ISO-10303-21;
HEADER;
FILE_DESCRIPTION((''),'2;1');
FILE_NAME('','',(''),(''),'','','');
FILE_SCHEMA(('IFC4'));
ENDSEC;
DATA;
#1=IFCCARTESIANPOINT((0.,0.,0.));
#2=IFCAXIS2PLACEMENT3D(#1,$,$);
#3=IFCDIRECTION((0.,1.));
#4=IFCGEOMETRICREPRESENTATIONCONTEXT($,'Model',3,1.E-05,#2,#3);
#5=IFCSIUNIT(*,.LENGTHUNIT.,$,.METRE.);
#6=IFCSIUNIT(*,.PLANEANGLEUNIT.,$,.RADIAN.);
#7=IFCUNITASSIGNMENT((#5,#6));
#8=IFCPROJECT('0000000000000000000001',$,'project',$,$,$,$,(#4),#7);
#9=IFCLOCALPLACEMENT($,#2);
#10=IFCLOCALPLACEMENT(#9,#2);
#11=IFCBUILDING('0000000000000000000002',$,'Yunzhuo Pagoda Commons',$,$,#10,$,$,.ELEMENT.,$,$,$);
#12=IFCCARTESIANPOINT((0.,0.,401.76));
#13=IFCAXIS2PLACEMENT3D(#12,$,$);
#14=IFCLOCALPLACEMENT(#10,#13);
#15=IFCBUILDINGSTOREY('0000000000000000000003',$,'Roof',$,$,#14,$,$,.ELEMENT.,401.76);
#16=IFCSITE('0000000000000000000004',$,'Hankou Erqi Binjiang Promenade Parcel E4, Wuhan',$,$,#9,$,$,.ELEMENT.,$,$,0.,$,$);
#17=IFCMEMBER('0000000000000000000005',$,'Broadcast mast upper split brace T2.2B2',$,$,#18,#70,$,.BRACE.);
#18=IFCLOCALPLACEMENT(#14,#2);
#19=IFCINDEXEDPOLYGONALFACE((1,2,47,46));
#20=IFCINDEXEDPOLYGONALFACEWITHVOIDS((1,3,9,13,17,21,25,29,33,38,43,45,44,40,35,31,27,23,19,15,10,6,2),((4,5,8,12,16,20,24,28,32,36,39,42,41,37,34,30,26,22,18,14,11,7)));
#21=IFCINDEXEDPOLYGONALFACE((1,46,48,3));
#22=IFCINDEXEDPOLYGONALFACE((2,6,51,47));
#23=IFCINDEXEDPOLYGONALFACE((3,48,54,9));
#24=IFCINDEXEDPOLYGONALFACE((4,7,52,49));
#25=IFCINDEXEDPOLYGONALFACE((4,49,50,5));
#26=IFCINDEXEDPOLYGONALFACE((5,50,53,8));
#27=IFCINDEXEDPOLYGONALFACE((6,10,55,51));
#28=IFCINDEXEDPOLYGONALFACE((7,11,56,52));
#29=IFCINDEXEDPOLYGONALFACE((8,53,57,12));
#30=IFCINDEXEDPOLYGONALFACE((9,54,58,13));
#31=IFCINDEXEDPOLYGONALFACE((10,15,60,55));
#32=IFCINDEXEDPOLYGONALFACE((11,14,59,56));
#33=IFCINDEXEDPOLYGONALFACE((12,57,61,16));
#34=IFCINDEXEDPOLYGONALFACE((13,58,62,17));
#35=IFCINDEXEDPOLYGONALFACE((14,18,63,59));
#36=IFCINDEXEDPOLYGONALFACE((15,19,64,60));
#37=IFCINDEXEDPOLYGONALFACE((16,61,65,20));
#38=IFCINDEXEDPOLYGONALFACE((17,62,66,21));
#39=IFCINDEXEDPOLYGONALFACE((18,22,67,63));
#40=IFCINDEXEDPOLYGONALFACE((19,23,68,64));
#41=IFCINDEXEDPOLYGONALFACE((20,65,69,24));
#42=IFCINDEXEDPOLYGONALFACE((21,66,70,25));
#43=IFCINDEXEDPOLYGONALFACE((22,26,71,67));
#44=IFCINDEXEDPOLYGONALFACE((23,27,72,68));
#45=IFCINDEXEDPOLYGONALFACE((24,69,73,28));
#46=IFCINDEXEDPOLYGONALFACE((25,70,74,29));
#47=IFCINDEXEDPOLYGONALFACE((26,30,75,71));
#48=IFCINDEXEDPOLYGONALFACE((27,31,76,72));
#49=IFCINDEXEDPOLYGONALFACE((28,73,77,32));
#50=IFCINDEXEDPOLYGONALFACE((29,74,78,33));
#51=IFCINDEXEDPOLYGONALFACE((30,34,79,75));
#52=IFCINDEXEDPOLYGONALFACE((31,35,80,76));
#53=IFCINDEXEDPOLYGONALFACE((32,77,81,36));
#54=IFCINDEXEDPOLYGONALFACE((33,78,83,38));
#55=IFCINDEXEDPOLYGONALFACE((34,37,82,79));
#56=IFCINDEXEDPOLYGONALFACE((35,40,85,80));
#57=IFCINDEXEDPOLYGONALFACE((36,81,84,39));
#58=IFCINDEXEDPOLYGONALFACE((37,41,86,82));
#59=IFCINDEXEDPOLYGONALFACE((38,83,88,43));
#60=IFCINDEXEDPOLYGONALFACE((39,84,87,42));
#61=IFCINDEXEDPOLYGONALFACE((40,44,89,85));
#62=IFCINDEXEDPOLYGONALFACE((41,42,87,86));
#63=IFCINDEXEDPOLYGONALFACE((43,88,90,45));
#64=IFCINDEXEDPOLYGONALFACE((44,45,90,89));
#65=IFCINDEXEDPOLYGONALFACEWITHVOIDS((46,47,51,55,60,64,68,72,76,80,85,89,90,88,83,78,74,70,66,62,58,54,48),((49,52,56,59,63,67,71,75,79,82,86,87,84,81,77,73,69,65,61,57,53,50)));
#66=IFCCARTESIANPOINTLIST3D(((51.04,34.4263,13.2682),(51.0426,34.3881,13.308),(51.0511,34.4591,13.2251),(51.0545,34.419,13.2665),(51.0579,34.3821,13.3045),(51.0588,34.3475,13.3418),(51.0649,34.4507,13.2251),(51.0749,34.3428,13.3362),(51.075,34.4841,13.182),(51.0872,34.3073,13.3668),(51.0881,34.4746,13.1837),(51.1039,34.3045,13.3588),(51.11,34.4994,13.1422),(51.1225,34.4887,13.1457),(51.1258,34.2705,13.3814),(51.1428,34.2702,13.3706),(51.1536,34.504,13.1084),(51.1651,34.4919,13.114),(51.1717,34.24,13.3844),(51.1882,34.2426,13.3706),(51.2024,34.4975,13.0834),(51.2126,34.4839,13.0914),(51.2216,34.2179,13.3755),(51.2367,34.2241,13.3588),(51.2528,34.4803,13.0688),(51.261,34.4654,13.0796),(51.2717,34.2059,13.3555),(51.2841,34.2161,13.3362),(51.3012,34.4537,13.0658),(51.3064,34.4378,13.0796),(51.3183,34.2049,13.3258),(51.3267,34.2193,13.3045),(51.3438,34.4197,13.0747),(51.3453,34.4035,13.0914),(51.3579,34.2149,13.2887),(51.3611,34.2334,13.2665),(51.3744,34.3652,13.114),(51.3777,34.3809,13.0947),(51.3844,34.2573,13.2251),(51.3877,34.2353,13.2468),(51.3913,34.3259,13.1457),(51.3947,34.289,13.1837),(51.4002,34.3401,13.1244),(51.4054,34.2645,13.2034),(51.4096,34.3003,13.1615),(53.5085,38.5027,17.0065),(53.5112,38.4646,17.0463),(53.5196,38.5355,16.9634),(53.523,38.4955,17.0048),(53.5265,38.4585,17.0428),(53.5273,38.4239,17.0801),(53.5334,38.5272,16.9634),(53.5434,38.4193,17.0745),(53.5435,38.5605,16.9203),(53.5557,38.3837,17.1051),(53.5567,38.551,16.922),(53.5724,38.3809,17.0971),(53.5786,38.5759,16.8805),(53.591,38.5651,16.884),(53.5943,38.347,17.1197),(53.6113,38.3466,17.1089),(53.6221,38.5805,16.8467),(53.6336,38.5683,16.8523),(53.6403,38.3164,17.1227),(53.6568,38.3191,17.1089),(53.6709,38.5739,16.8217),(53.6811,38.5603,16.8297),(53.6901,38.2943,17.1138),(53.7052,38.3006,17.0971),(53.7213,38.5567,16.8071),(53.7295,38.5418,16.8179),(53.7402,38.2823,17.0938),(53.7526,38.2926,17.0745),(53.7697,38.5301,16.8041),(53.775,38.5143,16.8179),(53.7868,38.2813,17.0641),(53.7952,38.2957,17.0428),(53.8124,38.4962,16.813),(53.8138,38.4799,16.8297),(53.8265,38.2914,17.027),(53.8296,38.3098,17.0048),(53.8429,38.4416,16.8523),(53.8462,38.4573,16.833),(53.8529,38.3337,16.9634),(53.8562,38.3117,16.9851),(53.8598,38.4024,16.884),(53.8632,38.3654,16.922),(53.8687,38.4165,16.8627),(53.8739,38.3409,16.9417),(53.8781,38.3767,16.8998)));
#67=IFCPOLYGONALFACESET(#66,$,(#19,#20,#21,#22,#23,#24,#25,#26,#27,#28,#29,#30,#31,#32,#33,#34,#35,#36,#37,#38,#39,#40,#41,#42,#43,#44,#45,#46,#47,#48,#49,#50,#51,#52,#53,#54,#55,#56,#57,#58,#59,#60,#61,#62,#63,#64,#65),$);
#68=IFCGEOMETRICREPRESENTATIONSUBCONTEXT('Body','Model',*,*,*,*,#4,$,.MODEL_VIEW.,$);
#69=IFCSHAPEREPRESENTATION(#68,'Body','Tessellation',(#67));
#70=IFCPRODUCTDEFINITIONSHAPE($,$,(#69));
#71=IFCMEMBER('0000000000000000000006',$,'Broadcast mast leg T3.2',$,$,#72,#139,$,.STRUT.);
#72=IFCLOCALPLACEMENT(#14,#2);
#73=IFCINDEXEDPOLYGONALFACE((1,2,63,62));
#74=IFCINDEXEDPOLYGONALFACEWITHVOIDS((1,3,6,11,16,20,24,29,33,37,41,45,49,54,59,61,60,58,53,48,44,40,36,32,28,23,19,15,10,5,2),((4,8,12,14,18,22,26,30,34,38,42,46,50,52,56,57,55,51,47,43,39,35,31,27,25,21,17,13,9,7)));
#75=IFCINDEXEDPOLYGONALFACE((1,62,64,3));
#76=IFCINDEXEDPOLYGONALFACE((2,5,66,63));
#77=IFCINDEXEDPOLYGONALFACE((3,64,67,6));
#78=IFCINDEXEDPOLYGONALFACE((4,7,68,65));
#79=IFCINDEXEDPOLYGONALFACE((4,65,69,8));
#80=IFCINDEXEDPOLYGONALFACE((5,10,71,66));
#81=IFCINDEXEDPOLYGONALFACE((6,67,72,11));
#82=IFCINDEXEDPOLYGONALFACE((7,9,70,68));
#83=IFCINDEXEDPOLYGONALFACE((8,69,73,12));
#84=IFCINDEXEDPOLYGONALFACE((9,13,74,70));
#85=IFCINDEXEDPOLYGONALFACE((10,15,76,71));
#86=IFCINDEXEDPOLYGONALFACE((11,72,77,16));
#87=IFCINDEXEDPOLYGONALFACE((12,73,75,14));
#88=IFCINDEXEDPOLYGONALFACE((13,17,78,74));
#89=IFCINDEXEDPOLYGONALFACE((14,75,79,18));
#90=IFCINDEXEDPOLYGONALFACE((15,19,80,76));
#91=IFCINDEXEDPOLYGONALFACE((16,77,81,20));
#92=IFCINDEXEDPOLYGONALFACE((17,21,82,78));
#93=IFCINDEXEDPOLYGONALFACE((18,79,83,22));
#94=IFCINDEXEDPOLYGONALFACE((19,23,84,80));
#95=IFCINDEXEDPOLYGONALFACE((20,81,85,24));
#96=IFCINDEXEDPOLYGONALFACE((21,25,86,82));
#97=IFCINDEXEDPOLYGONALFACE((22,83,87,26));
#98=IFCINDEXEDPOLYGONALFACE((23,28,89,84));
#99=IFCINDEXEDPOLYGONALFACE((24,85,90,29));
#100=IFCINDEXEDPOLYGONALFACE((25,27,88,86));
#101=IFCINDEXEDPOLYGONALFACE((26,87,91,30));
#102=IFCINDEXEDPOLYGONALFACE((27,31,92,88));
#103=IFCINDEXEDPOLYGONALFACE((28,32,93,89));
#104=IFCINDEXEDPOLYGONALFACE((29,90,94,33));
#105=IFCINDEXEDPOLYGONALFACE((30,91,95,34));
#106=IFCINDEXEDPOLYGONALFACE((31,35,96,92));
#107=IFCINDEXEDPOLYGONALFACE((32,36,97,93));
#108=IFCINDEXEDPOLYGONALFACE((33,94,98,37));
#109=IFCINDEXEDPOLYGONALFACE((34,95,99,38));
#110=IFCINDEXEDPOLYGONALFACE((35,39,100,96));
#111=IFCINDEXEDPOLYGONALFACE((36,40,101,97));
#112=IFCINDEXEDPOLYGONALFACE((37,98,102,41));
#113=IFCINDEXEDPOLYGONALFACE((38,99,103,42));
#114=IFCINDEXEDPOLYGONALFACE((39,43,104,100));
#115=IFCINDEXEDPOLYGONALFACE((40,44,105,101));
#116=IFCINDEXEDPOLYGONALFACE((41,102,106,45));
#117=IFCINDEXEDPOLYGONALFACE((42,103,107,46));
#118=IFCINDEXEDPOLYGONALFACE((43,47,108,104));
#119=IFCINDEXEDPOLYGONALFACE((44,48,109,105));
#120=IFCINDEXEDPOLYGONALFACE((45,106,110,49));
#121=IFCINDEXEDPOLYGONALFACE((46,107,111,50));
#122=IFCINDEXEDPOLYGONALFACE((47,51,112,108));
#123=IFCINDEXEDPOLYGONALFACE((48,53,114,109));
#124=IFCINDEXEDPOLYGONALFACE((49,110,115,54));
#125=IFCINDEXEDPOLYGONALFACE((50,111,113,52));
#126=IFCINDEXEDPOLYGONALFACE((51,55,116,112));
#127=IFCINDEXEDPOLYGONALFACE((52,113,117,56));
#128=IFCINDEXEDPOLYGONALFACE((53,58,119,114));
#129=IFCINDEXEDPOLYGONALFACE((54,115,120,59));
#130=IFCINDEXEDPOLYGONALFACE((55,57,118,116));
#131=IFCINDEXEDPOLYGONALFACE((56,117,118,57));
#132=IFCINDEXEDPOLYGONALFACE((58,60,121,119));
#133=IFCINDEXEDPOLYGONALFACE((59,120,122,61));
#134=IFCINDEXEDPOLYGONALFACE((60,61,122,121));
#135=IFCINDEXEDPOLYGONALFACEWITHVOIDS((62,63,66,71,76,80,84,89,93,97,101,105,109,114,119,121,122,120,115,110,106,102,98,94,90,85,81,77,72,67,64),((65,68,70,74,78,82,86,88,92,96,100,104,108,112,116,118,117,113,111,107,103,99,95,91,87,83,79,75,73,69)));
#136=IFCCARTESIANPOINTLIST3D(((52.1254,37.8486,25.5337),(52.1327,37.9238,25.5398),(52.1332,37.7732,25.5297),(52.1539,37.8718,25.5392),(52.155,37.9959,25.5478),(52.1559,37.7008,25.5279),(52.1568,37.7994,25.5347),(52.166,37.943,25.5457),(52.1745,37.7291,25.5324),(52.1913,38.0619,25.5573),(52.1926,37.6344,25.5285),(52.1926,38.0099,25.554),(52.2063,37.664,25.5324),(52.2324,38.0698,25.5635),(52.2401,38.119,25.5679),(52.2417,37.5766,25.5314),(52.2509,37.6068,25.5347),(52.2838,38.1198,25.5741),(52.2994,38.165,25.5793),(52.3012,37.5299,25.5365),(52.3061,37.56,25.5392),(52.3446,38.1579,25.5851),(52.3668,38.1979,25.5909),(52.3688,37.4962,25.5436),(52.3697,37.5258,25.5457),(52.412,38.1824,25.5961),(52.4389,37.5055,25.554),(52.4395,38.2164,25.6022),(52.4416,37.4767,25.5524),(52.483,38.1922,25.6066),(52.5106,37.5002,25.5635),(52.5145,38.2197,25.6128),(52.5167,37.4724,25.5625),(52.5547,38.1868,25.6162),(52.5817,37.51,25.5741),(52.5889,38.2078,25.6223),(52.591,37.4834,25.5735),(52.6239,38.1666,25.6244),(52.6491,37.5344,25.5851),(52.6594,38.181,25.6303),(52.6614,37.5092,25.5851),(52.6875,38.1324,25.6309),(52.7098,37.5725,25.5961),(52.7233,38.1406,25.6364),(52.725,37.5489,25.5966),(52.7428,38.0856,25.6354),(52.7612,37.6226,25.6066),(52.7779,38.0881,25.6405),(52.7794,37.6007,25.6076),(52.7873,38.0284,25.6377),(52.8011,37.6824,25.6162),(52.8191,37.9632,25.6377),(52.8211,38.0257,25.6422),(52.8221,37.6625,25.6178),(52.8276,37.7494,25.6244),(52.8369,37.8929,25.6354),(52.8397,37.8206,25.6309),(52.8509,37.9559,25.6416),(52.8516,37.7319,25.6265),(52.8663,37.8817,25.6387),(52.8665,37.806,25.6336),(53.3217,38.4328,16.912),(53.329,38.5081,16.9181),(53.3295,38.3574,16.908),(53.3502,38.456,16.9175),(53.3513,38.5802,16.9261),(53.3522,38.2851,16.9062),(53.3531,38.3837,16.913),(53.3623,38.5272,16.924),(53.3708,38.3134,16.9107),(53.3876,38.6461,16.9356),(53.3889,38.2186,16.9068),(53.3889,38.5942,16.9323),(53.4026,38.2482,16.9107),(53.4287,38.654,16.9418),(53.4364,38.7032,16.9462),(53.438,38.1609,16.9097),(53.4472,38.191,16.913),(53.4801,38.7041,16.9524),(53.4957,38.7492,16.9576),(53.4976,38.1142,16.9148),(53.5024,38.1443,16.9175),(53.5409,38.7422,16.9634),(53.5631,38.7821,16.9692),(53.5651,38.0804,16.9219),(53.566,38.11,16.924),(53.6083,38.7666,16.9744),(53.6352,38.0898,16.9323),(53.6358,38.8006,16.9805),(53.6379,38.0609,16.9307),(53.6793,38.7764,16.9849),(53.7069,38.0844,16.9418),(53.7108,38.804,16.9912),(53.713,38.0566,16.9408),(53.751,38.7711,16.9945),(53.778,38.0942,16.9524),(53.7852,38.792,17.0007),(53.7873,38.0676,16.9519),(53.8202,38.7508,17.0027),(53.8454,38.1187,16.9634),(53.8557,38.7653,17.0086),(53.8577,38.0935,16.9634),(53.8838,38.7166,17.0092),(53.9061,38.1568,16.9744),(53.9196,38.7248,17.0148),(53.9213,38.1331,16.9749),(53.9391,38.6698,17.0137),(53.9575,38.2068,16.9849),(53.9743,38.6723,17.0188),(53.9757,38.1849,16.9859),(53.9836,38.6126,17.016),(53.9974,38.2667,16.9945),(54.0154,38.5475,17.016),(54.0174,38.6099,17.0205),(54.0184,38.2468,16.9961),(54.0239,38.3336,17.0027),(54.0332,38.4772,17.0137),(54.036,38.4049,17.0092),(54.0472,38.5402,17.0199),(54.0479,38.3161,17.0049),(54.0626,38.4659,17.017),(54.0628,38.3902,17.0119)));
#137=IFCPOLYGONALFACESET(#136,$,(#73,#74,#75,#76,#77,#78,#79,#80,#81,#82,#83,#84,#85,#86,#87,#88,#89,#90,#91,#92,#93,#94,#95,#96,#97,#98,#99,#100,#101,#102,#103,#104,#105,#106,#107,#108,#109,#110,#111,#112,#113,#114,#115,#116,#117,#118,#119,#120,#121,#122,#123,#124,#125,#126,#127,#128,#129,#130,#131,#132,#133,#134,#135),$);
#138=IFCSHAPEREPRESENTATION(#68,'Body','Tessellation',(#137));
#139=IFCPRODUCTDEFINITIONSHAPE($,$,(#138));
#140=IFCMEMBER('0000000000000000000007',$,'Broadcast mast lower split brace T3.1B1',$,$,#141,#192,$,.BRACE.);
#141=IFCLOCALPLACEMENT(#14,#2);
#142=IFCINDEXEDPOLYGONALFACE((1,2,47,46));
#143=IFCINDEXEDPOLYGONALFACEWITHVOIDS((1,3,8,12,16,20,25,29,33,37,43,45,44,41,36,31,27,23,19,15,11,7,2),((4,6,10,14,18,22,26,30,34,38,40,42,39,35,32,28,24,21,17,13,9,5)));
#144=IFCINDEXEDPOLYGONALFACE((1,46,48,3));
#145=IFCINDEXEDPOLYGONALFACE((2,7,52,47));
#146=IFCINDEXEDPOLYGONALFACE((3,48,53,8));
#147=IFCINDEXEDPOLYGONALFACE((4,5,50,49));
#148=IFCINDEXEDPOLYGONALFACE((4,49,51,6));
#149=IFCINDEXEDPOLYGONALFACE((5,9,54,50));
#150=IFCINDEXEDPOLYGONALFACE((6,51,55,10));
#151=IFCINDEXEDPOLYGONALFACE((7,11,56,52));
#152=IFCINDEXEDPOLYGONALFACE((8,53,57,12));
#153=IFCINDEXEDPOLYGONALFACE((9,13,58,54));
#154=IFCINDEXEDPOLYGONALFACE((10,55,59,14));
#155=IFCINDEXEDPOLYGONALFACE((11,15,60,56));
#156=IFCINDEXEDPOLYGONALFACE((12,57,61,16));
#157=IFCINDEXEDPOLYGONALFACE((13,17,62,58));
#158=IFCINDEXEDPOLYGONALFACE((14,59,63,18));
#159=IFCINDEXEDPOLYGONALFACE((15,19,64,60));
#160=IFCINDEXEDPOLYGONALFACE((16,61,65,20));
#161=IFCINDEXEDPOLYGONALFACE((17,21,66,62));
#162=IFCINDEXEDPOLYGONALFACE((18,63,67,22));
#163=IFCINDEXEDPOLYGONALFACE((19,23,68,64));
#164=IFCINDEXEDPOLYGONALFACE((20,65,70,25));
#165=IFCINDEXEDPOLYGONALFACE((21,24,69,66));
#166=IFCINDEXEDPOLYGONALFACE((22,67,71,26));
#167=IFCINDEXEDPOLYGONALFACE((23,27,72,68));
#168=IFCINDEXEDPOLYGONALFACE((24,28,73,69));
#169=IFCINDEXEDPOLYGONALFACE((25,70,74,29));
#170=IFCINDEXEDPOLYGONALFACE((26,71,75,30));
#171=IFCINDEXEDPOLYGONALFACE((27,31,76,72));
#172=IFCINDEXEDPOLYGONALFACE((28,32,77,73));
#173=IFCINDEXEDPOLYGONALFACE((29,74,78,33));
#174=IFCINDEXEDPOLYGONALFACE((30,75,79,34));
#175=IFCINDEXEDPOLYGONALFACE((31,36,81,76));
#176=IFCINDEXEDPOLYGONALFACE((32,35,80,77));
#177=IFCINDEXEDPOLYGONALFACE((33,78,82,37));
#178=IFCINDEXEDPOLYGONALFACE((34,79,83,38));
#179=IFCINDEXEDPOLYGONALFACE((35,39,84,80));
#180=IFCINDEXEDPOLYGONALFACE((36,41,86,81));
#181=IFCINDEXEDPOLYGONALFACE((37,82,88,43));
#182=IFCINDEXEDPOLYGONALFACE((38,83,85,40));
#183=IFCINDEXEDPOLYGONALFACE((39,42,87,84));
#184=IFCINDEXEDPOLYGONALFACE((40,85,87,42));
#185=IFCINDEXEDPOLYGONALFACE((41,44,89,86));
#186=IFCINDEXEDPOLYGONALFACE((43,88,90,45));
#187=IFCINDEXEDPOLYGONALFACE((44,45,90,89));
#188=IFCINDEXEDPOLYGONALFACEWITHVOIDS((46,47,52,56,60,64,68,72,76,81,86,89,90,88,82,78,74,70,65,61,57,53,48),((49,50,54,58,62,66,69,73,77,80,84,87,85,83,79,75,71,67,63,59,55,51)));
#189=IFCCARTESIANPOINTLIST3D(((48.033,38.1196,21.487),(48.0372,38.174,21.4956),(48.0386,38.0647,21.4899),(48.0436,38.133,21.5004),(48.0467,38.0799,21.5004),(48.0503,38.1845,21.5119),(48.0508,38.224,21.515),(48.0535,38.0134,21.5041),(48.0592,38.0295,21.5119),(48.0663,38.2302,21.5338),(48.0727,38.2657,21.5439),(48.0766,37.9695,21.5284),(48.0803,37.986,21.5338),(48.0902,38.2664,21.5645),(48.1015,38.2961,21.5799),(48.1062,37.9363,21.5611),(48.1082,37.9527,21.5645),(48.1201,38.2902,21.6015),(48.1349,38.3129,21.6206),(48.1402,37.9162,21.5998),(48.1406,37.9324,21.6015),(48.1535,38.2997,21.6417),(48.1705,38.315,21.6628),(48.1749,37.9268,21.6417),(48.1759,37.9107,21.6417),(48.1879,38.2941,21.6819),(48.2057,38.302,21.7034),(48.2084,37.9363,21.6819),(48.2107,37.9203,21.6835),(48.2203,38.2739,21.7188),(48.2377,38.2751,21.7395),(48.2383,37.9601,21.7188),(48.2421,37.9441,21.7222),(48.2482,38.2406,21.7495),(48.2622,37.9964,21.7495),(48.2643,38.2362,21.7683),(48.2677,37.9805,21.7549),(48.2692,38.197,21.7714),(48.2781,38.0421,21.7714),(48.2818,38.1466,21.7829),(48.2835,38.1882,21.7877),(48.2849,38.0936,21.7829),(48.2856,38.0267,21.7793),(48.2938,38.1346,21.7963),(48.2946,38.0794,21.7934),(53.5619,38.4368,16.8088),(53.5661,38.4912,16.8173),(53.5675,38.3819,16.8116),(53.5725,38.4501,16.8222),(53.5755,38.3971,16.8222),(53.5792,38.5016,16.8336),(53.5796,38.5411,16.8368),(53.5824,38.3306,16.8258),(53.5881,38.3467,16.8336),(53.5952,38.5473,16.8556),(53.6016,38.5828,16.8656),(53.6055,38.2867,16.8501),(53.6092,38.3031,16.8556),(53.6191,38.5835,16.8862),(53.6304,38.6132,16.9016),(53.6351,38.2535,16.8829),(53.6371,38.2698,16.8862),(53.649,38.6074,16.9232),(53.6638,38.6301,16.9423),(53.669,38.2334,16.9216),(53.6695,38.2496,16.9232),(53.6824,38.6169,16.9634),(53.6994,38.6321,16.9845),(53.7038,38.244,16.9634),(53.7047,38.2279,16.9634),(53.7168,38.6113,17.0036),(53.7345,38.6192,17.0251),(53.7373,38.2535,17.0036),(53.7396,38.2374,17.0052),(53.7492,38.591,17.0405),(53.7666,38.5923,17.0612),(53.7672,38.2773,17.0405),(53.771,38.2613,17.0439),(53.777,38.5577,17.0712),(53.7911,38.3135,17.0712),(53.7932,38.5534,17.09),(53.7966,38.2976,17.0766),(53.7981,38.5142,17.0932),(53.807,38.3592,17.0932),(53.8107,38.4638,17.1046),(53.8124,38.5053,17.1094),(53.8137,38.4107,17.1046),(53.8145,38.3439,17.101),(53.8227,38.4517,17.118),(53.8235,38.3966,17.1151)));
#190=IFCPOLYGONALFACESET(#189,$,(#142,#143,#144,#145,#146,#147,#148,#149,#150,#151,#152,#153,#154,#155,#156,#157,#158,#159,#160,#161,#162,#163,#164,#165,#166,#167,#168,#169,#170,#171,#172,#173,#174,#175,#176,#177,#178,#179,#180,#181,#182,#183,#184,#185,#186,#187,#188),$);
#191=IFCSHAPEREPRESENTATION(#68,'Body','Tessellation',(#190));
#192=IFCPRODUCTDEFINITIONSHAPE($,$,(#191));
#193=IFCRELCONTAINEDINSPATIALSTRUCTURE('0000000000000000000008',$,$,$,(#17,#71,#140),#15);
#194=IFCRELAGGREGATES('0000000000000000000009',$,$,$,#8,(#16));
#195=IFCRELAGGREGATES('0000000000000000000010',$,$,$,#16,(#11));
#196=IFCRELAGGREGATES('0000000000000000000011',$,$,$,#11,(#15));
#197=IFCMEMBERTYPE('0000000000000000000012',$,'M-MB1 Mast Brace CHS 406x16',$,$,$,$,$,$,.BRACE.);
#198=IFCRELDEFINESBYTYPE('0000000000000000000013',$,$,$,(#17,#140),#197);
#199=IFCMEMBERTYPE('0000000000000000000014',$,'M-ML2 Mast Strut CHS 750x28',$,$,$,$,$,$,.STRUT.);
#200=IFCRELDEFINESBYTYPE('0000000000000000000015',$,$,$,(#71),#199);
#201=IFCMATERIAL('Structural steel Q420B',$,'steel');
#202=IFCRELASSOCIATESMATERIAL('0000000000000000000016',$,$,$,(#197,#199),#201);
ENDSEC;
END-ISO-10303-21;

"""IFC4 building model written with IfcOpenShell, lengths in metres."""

from ifc_helpers import new_model, si_unit, direction, frame, origin, origin_2d, place, context, subcontext, project, spatial, hollow_circle, extrude, source, transform, mapped, material, material_profile, profile_set, type_object, element, save


model = new_model("IFC4")

# Units and contexts
model_context = context("Model", 3, precision=1e-05, world=origin(), true_north=direction((0.0, 1.0)))
body_context = subcontext(model_context, "Body", "Model", "MODEL_VIEW")
ifc_project = project(units=[si_unit("LENGTHUNIT", "METRE"), si_unit("PLANEANGLEUNIT", "RADIAN")], contexts=[model_context])

# Site, building, storey
site_placement = place(None, origin())
site = spatial("IfcSite", under=ifc_project, at=site_placement, Name="Hankou Erqi Binjiang Promenade Parcel E4, Wuhan", CompositionType="ELEMENT", RefElevation=0.0)
building_placement = place(site_placement, origin())
building = spatial("IfcBuilding", under=site, at=building_placement, Name="Yunzhuo Pagoda Commons", CompositionType="ELEMENT")
storey_placement = place(building_placement, frame((0.0, 0.0, 401.76)))
storey = spatial("IfcBuildingStorey", under=building, at=storey_placement, Name="Roof", CompositionType="ELEMENT", Elevation=401.76)

# Members
ifc_material_1 = material(Name="Structural steel Q420B", Category="steel")
ifc_material_profile_1 = material_profile(ifc_material_1, hollow_circle(Radius=0.2029, WallThickness=0.0161, at=origin_2d()), Name="Structural steel Q420B")
ifc_profile_set_1 = profile_set([ifc_material_profile_1], Name="Structural steel Q420B")
member_type_1 = type_object("IfcMemberType", Name="M-MB1 Mast Brace CHS 406x16", PredefinedType="BRACE", material=ifc_profile_set_1)
shared_shape_1 = source(origin(), body_context, "Body", "SweptSolid", [
    extrude(hollow_circle(Radius=0.2029, WallThickness=0.0161, at=origin_2d()), origin(), (0.0, 0.0, 1.0), 6.0569),
])
member_1_placement = place(storey_placement, frame((51.2246, 34.354, 13.2251), z_axis=(0.407556, 0.673026, 0.617199), x_axis=(-0.855388, 0.517987, 0.0)))
element("IfcMember", 1, at=member_1_placement, inside=storey, type_object=member_type_1, Name="Broadcast mast upper split brace T2.2B2", PredefinedType="BRACE", context=body_context, shape_type="MappedRepresentation", body=[
    mapped(shared_shape_1, transform((0.0, 0.0, 0.0), scale=1.0)),
])
ifc_material_profile_2 = material_profile(ifc_material_1, hollow_circle(Radius=0.375, WallThickness=0.0281, at=origin_2d()), Name="Structural steel Q420B")
ifc_profile_set_2 = profile_set([ifc_material_profile_2], Name="Structural steel Q420B")
member_type_2 = type_object("IfcMemberType", Name="M-ML2 Mast Strut CHS 750x28", PredefinedType="STRUT", material=ifc_profile_set_2)
shared_shape_2 = source(origin(), body_context, "Body", "SweptSolid", [
    extrude(hollow_circle(Radius=0.375, WallThickness=0.0281, at=origin_2d()), origin(), (0.0, 0.0, 1.0), 8.7239),
])
member_2_placement = place(storey_placement, frame((53.6931, 38.4304, 16.9634), z_axis=(-0.13713, -0.06697, 0.988287), x_axis=(0.438832, -0.898569, 0.0)))
element("IfcMember", 2, at=member_2_placement, inside=storey, type_object=member_type_2, Name="Broadcast mast leg T3.2", PredefinedType="STRUT", context=body_context, shape_type="MappedRepresentation", body=[
    mapped(shared_shape_2, transform((0.0, 0.0, 0.0), scale=1.0)),
])
shared_shape_3 = source(origin(), body_context, "Body", "SweptSolid", [
    extrude(hollow_circle(Radius=0.2029, WallThickness=0.0161, at=origin_2d()), origin(), (0.0, 0.0, 1.0), 7.2495),
])
member_3_placement = place(storey_placement, frame((53.6931, 38.4304, 16.9634), z_axis=(-0.762655, -0.043747, 0.645324), x_axis=(0.057267, -0.998359, 0.0)))
element("IfcMember", 3, at=member_3_placement, inside=storey, type_object=member_type_1, Name="Broadcast mast lower split brace T3.1B1", PredefinedType="BRACE", context=body_context, shape_type="MappedRepresentation", body=[
    mapped(shared_shape_3, transform((0.0, 0.0, 0.0), scale=1.0)),
])

save(model, "model.ifc")
